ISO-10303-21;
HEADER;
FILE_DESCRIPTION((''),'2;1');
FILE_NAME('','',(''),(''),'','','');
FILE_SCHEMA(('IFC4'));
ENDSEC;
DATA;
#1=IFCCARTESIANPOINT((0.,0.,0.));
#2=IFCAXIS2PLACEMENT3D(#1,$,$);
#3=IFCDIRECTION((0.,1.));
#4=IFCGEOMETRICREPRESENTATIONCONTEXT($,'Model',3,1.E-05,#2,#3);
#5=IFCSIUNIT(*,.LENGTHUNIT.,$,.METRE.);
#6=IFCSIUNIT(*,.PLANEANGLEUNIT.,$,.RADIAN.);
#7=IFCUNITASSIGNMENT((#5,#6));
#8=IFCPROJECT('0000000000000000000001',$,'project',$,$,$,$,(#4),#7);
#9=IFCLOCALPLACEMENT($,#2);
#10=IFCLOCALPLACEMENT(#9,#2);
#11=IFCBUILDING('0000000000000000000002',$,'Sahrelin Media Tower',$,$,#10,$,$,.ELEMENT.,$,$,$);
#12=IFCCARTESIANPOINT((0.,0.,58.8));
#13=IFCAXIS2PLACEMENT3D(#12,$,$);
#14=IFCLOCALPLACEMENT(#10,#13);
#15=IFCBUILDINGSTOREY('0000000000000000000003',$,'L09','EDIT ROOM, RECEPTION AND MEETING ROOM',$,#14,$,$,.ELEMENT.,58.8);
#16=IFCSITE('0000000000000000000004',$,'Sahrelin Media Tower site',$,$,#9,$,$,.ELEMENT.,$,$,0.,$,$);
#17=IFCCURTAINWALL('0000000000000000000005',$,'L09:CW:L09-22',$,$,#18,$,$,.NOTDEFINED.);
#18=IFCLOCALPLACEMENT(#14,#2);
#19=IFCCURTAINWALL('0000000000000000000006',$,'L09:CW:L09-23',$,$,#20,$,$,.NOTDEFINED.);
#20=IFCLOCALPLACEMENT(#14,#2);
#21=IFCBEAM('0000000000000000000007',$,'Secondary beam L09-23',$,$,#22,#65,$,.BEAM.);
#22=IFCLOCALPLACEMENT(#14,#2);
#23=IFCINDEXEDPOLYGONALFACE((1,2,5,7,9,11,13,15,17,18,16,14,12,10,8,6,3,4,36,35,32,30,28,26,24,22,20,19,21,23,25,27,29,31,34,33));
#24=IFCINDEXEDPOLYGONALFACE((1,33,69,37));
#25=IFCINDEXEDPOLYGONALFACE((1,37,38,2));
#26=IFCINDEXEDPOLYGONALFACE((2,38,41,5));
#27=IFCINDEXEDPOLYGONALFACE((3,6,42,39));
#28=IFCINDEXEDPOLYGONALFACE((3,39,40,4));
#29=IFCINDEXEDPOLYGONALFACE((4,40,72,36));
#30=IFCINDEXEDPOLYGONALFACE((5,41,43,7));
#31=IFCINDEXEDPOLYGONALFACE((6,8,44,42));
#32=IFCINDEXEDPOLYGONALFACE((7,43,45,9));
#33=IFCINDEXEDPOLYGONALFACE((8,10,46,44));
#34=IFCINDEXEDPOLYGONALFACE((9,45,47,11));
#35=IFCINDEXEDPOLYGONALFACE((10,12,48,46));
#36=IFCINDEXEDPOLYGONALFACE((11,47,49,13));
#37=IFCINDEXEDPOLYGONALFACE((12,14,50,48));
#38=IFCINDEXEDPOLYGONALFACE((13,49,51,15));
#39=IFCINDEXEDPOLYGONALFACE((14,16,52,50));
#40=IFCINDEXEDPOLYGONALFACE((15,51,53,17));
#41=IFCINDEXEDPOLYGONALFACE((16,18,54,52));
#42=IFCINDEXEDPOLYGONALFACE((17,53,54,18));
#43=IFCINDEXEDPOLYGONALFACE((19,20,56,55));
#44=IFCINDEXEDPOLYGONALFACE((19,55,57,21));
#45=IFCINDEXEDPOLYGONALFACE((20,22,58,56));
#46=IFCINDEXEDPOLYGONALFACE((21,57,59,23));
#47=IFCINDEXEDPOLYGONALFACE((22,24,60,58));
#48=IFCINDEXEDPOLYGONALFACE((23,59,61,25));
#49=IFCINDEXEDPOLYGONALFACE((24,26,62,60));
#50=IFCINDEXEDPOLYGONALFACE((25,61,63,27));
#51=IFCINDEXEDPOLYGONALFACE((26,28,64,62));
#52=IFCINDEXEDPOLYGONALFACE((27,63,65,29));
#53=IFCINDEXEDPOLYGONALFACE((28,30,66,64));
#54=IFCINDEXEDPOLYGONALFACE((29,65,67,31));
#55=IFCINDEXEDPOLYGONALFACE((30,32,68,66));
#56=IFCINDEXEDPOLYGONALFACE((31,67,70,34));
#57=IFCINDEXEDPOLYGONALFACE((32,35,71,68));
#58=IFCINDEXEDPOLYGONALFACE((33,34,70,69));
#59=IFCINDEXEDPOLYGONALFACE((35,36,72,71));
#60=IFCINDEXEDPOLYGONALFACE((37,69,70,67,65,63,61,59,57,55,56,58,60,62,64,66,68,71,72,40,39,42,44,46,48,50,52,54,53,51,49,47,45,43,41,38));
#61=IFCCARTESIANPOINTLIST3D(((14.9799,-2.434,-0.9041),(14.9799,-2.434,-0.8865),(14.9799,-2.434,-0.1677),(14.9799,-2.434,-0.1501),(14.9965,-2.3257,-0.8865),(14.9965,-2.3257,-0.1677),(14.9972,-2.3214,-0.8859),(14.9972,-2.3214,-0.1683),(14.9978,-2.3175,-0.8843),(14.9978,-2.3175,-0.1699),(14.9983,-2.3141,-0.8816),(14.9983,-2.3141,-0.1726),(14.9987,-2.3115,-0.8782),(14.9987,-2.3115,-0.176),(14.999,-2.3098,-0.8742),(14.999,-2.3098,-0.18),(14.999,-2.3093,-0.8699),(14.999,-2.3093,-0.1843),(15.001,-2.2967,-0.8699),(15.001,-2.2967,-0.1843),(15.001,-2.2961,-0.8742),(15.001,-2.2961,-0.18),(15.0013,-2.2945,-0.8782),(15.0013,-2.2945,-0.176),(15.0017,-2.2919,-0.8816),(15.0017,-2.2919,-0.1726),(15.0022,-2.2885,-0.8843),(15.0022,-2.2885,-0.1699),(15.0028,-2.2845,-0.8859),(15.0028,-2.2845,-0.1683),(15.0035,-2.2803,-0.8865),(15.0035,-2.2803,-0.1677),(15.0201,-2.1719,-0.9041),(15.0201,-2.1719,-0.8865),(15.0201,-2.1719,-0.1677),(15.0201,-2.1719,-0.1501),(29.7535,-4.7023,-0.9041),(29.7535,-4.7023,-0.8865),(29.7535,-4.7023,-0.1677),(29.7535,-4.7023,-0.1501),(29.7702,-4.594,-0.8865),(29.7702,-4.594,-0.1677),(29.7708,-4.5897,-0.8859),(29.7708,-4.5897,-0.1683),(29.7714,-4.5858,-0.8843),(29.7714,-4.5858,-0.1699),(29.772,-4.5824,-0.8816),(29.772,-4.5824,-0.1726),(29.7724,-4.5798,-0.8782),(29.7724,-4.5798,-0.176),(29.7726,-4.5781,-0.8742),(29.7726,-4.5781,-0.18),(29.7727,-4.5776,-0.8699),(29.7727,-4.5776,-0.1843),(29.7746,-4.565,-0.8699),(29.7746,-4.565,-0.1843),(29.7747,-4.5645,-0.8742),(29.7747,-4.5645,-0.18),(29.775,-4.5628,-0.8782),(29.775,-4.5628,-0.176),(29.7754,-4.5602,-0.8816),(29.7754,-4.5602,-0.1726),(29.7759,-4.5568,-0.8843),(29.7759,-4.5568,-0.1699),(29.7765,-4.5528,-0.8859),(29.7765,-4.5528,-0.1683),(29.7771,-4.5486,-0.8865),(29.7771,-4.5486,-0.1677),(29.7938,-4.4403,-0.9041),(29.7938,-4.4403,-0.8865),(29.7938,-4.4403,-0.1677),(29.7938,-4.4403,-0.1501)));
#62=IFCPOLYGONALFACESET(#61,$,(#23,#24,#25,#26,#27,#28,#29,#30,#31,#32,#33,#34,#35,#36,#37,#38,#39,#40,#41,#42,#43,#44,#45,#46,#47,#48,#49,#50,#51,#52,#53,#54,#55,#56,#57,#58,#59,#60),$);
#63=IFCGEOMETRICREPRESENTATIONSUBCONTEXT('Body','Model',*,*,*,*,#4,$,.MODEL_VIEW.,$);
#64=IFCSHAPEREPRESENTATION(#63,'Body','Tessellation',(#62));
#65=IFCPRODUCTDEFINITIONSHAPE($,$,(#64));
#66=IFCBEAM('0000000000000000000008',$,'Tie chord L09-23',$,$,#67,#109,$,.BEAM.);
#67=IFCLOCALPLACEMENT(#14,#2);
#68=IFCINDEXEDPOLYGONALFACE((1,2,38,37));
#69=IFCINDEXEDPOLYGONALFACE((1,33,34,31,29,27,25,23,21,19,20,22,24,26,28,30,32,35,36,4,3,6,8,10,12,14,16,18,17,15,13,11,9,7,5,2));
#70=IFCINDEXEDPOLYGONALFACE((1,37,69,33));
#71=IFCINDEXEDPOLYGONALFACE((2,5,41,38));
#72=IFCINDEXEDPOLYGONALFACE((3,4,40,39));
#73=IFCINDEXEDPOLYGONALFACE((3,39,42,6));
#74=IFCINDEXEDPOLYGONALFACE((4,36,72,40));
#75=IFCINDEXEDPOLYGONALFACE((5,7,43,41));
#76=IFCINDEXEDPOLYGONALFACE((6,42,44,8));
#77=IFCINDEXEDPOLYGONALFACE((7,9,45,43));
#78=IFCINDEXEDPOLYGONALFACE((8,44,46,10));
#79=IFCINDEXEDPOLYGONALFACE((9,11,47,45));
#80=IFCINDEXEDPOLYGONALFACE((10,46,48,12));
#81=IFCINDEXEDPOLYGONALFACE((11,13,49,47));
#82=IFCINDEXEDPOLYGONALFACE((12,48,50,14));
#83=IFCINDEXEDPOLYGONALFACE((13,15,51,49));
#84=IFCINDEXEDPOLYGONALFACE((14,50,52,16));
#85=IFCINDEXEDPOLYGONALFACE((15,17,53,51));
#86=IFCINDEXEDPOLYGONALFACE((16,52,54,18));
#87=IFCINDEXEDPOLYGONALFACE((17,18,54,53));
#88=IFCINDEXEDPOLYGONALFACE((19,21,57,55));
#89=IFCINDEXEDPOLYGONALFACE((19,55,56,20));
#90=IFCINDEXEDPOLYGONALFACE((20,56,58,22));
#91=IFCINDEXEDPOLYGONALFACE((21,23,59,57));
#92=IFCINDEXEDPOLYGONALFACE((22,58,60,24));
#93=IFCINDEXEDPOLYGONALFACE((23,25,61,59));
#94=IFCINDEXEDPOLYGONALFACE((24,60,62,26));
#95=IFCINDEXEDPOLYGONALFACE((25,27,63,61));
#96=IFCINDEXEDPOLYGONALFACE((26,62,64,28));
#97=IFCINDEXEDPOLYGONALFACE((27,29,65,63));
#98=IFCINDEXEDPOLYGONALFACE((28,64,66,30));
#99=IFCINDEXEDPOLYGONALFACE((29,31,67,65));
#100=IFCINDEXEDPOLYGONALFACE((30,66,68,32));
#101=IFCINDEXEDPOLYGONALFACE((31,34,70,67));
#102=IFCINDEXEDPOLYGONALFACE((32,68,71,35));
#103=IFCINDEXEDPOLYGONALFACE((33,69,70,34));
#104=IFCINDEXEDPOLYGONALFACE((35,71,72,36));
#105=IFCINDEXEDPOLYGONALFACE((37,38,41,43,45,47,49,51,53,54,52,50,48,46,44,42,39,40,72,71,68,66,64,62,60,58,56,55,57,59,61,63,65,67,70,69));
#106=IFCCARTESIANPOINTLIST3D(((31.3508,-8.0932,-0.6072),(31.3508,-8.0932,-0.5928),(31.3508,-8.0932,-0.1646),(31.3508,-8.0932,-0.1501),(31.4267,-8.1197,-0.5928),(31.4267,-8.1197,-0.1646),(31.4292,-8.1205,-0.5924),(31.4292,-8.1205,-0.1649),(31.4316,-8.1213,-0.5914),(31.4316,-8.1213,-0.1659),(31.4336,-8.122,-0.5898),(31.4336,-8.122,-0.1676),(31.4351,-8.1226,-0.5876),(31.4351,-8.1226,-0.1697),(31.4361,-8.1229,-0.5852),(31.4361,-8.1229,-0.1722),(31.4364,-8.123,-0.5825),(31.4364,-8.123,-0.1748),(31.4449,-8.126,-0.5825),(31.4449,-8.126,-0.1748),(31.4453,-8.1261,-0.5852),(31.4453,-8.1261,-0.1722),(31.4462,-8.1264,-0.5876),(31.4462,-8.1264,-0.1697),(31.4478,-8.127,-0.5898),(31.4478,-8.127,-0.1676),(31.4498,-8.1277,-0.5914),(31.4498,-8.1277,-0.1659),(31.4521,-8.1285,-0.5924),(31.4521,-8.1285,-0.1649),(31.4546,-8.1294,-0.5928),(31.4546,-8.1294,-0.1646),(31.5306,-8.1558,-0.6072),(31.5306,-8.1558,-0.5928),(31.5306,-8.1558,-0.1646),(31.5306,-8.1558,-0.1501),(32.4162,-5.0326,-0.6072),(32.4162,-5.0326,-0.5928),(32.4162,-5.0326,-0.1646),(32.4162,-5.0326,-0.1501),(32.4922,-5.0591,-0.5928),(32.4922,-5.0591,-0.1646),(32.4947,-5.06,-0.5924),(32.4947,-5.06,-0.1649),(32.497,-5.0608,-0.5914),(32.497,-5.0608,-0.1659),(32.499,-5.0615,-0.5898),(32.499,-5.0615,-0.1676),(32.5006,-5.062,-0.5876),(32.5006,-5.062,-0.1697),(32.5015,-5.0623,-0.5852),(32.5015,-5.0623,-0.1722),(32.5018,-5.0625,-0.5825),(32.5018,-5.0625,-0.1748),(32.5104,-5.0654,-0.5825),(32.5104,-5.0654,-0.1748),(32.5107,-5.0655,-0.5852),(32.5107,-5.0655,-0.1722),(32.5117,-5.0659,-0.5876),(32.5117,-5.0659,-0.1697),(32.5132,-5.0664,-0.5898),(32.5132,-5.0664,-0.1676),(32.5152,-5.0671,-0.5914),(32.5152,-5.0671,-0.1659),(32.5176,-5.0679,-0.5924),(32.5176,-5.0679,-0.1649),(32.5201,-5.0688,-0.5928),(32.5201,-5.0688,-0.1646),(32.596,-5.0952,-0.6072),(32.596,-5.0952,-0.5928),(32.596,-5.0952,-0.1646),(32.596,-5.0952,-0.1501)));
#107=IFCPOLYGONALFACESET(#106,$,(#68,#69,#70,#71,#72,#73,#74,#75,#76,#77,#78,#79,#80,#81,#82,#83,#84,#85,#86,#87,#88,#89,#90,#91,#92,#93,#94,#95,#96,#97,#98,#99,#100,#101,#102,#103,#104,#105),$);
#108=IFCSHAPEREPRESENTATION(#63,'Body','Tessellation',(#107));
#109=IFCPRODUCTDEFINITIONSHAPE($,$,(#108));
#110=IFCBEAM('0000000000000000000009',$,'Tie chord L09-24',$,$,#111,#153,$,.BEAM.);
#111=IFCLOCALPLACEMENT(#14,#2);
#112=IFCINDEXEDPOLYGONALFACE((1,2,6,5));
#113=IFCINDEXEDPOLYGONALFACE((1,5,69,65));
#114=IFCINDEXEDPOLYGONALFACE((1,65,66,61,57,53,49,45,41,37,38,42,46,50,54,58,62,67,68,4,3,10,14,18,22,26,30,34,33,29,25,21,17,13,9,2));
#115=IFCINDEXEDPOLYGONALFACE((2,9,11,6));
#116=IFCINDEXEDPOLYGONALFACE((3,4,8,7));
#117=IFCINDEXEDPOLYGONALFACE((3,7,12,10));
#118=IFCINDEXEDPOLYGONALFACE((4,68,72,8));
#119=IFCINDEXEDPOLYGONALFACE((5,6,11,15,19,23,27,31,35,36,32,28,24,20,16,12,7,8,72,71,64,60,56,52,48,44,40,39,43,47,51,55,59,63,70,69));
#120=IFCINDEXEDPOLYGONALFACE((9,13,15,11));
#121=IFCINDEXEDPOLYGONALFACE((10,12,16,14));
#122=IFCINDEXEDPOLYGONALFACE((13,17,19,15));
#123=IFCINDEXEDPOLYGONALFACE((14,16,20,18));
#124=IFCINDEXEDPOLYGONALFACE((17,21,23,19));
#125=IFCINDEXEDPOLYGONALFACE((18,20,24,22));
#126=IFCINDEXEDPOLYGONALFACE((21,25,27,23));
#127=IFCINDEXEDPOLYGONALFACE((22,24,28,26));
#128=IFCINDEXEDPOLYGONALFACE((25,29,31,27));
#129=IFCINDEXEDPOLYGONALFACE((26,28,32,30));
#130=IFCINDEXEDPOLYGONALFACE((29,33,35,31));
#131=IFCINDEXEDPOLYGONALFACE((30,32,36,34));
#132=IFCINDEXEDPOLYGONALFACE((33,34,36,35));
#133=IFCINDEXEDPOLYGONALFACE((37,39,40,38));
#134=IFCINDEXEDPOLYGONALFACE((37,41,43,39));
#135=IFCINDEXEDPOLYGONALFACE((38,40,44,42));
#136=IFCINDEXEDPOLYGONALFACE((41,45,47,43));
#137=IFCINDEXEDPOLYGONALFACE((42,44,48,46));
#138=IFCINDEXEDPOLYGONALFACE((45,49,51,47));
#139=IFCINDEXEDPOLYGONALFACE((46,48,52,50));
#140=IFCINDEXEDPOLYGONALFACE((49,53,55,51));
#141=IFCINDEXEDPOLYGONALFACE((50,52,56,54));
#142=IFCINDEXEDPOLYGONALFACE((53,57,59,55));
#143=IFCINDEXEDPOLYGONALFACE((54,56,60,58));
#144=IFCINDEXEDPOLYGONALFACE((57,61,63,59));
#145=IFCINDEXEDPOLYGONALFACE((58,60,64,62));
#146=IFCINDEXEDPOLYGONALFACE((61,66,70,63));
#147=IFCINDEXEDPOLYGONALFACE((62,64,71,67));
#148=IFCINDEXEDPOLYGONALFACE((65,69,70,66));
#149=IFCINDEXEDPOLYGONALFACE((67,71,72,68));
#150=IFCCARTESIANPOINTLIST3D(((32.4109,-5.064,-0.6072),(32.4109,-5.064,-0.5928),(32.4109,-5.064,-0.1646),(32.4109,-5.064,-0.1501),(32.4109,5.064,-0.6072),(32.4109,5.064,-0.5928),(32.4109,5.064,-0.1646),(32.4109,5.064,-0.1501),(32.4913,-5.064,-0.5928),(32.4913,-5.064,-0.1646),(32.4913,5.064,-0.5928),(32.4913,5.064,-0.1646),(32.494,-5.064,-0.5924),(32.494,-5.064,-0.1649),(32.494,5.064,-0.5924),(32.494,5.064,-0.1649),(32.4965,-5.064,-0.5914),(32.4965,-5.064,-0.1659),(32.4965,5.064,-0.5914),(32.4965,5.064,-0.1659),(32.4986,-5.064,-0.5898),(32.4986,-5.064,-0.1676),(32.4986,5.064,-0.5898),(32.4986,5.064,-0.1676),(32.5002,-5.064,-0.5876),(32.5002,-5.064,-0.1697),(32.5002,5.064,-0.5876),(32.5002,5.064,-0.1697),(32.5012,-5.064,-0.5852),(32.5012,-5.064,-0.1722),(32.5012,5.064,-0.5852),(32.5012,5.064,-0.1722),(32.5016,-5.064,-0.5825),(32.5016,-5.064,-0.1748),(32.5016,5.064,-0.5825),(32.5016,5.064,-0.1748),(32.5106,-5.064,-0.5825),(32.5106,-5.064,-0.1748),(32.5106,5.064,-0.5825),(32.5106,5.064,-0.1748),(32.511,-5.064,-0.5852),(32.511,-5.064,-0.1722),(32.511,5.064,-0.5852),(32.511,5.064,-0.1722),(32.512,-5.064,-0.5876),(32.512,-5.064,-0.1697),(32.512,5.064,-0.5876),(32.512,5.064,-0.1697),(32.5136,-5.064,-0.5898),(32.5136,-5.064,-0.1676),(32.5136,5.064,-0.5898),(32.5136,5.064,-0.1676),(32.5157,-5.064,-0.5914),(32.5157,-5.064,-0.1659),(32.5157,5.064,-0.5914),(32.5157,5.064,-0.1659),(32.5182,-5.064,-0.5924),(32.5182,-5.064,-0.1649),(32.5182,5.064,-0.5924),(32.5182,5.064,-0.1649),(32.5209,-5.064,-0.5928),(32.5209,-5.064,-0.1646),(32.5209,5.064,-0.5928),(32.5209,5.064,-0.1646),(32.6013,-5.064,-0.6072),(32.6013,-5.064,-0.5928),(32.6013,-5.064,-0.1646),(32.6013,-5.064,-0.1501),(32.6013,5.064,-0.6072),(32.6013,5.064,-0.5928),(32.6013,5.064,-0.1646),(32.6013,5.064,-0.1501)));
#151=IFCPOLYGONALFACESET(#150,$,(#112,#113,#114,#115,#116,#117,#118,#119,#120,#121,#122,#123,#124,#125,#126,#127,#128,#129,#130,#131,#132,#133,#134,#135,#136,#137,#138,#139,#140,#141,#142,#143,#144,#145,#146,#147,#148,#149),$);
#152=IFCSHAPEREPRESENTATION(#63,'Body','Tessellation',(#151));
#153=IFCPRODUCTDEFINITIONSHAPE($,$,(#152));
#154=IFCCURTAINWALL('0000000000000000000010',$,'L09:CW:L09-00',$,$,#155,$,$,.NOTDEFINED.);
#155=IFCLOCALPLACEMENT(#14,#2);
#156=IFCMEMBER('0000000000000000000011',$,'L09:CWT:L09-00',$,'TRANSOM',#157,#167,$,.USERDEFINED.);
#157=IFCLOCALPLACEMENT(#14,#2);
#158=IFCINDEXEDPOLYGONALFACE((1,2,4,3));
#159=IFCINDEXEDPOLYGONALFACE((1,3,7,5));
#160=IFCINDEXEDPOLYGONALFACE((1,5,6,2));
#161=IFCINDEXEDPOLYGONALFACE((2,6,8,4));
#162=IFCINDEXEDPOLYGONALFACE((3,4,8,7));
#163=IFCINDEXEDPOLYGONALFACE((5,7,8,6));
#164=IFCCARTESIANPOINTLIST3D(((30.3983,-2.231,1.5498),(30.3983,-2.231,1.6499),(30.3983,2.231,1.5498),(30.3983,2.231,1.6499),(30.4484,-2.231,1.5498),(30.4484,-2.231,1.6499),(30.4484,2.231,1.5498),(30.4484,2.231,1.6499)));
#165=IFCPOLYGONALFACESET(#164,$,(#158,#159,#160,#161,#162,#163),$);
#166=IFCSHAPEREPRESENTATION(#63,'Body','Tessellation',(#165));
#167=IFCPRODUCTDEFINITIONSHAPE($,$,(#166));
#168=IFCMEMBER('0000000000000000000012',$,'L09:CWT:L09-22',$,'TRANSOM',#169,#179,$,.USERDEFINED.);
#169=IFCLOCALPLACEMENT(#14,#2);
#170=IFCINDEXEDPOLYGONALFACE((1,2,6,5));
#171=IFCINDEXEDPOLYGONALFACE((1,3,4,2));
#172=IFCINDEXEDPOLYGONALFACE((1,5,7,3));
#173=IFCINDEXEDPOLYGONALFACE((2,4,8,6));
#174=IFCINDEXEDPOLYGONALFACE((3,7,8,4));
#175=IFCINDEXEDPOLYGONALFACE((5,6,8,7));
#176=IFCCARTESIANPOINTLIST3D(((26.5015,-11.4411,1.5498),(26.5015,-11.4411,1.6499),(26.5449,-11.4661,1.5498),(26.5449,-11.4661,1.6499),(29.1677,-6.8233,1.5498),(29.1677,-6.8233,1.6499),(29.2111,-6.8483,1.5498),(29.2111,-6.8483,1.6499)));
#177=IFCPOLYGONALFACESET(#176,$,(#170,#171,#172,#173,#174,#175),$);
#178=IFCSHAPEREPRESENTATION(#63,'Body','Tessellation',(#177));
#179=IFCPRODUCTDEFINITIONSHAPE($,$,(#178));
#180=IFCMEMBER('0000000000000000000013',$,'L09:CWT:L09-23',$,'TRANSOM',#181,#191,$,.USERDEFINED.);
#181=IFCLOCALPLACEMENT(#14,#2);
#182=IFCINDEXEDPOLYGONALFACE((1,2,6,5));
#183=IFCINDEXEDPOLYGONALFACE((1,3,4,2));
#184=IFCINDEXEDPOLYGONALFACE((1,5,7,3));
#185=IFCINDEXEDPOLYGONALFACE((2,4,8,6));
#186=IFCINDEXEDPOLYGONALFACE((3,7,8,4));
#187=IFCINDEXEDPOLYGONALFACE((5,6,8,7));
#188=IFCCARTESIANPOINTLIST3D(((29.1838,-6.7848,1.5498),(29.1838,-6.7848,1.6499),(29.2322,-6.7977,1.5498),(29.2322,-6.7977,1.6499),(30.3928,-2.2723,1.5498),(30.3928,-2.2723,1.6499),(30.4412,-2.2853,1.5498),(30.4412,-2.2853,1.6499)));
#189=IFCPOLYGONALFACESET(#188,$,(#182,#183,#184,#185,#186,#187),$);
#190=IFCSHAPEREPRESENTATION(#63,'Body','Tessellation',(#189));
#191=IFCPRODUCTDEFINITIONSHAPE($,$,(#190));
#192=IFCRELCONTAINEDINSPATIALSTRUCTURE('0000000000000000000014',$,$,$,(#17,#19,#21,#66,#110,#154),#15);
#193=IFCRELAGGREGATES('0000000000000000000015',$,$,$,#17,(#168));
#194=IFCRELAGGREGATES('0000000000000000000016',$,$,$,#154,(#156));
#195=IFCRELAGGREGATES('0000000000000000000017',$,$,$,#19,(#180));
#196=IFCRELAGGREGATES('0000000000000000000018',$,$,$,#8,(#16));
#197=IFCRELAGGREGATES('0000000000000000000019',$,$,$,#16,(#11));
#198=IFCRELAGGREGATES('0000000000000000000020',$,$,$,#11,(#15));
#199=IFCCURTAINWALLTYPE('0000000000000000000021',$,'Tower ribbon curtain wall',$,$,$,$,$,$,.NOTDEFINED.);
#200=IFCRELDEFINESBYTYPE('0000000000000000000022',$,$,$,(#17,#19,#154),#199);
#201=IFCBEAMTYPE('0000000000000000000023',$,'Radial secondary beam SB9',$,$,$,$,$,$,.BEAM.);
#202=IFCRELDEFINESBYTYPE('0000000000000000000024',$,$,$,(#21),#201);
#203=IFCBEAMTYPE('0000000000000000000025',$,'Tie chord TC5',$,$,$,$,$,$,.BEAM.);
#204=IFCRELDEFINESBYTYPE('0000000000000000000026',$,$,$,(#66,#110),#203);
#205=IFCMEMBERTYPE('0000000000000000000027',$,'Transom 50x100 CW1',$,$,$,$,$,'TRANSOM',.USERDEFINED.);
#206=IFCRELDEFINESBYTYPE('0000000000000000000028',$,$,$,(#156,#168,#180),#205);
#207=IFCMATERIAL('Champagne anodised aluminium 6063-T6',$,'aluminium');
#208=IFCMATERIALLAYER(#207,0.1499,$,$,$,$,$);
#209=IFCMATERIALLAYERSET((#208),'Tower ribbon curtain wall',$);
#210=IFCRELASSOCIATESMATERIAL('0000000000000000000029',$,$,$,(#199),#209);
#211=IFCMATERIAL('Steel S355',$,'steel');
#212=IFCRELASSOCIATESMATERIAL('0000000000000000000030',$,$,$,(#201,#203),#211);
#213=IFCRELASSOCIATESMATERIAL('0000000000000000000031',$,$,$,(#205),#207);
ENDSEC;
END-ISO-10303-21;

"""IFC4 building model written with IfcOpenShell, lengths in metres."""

from ifc_helpers import new_model, si_unit, direction, frame, origin, origin_2d, place, context, subcontext, project, spatial, rectangle, i_section, extrude, material, layer, layer_set, material_profile, profile_set, type_object, element, aggregate, save


model = new_model("IFC4")

# Units and contexts
model_context = context("Model", 3, precision=1e-05, world=origin(), true_north=direction((0.0, 1.0)))
body_context = subcontext(model_context, "Body", "Model", "MODEL_VIEW")
ifc_project = project(units=[si_unit("LENGTHUNIT", "METRE"), si_unit("PLANEANGLEUNIT", "RADIAN")], contexts=[model_context])

# Site, building, storey
site_placement = place(None, origin())
site = spatial("IfcSite", under=ifc_project, at=site_placement, Name="Sahrelin Media Tower site", CompositionType="ELEMENT", RefElevation=0.0)
building_placement = place(site_placement, origin())
building = spatial("IfcBuilding", under=site, at=building_placement, Name="Sahrelin Media Tower", CompositionType="ELEMENT")
storey_placement = place(building_placement, frame((0.0, 0.0, 58.8)))
storey = spatial("IfcBuildingStorey", under=building, at=storey_placement, Name="L09", Description="EDIT ROOM, RECEPTION AND MEETING ROOM", CompositionType="ELEMENT", Elevation=58.8)

# Shared definitions
ifc_material_1 = material(Name="Steel S355", Category="steel")

# Curtain walls
ifc_material_2 = material(Name="Champagne anodised aluminium 6063-T6", Category="aluminium")
ifc_layer_1 = layer(ifc_material_2, 0.1499)
ifc_layer_set_1 = layer_set([ifc_layer_1], Name="Tower ribbon curtain wall")
curtain_wall_type = type_object("IfcCurtainWallType", Name="Tower ribbon curtain wall", PredefinedType="NOTDEFINED", material=ifc_layer_set_1)
curtain_wall_1_placement = place(storey_placement, frame((28.0254, -9.2422, 0.0), z_axis=(0.0, 0.0, 1.0), x_axis=(1.0, 0.0, 0.0)))
curtain_wall_1 = element("IfcCurtainWall", 1, at=curtain_wall_1_placement, inside=storey, type_object=curtain_wall_type, Name="L09:CW:L09-22", PredefinedType="NOTDEFINED")
curtain_wall_2_placement = place(storey_placement, frame((30.001, -4.5854, 0.0), z_axis=(0.0, 0.0, 1.0), x_axis=(1.0, 0.0, 0.0)))
curtain_wall_2 = element("IfcCurtainWall", 2, at=curtain_wall_2_placement, inside=storey, type_object=curtain_wall_type, Name="L09:CW:L09-23", PredefinedType="NOTDEFINED")

# Beams
ifc_material_profile_1 = material_profile(ifc_material_1, i_section(OverallWidth=0.2651, OverallDepth=0.7539, WebThickness=0.0127, FlangeThickness=0.0176, FilletRadius=0.0166, at=origin_2d()), Name="UB 762x267x147")
ifc_profile_set_1 = profile_set([ifc_material_profile_1], Name="Steel S355")
beam_type_1 = type_object("IfcBeamType", Name="Radial secondary beam SB9", PredefinedType="BEAM", material=ifc_profile_set_1)
beam_1_placement = place(storey_placement, frame((15.0, -2.303, -0.5271), z_axis=(0.988418, -0.151759, 0.0), x_axis=(0.151759, 0.988418, 0.0)))
element("IfcBeam", 3, at=beam_1_placement, inside=storey, type_object=beam_type_1, Name="Secondary beam L09-23", PredefinedType="BEAM", context=body_context, shape_type="SweptSolid", body=[
    extrude(i_section(OverallWidth=0.2651, OverallDepth=0.7539, WebThickness=0.0127, FlangeThickness=0.0176, FilletRadius=0.0166, at=origin_2d()), origin(), (0.0, 0.0, 1.0), 14.9468),
])
ifc_material_profile_2 = material_profile(ifc_material_1, i_section(OverallWidth=0.1904, OverallDepth=0.457, WebThickness=0.009, FlangeThickness=0.0144, FilletRadius=0.0103, at=origin_2d()), Name="UB 457x191x74")
ifc_profile_set_2 = profile_set([ifc_material_profile_2], Name="Steel S355")
beam_type_2 = type_object("IfcBeamType", Name="Tie chord TC5", PredefinedType="BEAM", material=ifc_profile_set_2)
beam_2_placement = place(storey_placement, frame((31.4407, -8.1245, -0.3787), z_axis=(0.328766, 0.944411, 0.0), x_axis=(-0.944411, 0.328766, 0.0)))
element("IfcBeam", 4, at=beam_2_placement, inside=storey, type_object=beam_type_2, Name="Tie chord L09-23", PredefinedType="BEAM", context=body_context, shape_type="SweptSolid", body=[
    extrude(i_section(OverallWidth=0.1904, OverallDepth=0.457, WebThickness=0.009, FlangeThickness=0.0144, FilletRadius=0.0103, at=origin_2d()), origin(), (0.0, 0.0, 1.0), 3.2407),
])
beam_3_placement = place(storey_placement, frame((32.5061, -5.064, -0.3787), z_axis=(0.0, 1.0, 0.0), x_axis=(-1.0, 0.0, 0.0)))
element("IfcBeam", 5, at=beam_3_placement, inside=storey, type_object=beam_type_2, Name="Tie chord L09-24", PredefinedType="BEAM", context=body_context, shape_type="SweptSolid", body=[
    extrude(i_section(OverallWidth=0.1904, OverallDepth=0.457, WebThickness=0.009, FlangeThickness=0.0144, FilletRadius=0.0103, at=origin_2d()), origin(), (0.0, 0.0, 1.0), 10.1279),
])

# Curtain wall, member
curtain_wall_3_placement = place(storey_placement, frame((30.6184, 0.0, 0.0), z_axis=(0.0, 0.0, 1.0), x_axis=(1.0, 0.0, 0.0)))
curtain_wall_3 = element("IfcCurtainWall", 6, at=curtain_wall_3_placement, inside=storey, type_object=curtain_wall_type, Name="L09:CW:L09-00", PredefinedType="NOTDEFINED")
ifc_material_profile_3 = material_profile(ifc_material_2, rectangle(XDim=0.05, YDim=0.1001, at=origin_2d()), Name="Transom 50x100")
ifc_profile_set_3 = profile_set([ifc_material_profile_3], Name="Champagne anodised aluminium 6063-T6")
member_type_1 = type_object("IfcMemberType", Name="Transom 50x100 CW1", ElementType="TRANSOM", PredefinedType="USERDEFINED", material=ifc_profile_set_3)
member_1_placement = place(storey_placement, frame((30.4233, -2.231, 1.5999), z_axis=(0.0, 1.0, 0.0), x_axis=(-1.0, 0.0, 0.0)))
member_1 = element("IfcMember", 7, at=member_1_placement, type_object=member_type_1, Name="L09:CWT:L09-00", ObjectType="TRANSOM", PredefinedType="USERDEFINED", context=body_context, shape_type="SweptSolid", body=[
    extrude(rectangle(XDim=0.05, YDim=0.1001, at=origin_2d()), origin(), (0.0, 0.0, 1.0), 4.4619),
])

# Members
member_2_placement = place(storey_placement, frame((26.5232, -11.4536, 1.5999), z_axis=(0.500014, 0.866017, 0.0), x_axis=(-0.866017, 0.500014, 0.0)))
member_2 = element("IfcMember", 8, at=member_2_placement, type_object=member_type_1, Name="L09:CWT:L09-22", ObjectType="TRANSOM", PredefinedType="USERDEFINED", context=body_context, shape_type="SweptSolid", body=[
    extrude(rectangle(XDim=0.05, YDim=0.1001, at=origin_2d()), origin(), (0.0, 0.0, 1.0), 5.3323),
])
aggregate(curtain_wall_1, [member_2])
member_3_placement = place(storey_placement, frame((29.208, -6.7913, 1.5999), z_axis=(0.258794, 0.965932, 0.0), x_axis=(-0.965932, 0.258794, 0.0)))
member_3 = element("IfcMember", 9, at=member_3_placement, type_object=member_type_1, Name="L09:CWT:L09-23", ObjectType="TRANSOM", PredefinedType="USERDEFINED", context=body_context, shape_type="SweptSolid", body=[
    extrude(rectangle(XDim=0.05, YDim=0.1001, at=origin_2d()), origin(), (0.0, 0.0, 1.0), 4.6716),
])

aggregate(curtain_wall_3, [member_1])
aggregate(curtain_wall_2, [member_3])

save(model, "model.ifc")
